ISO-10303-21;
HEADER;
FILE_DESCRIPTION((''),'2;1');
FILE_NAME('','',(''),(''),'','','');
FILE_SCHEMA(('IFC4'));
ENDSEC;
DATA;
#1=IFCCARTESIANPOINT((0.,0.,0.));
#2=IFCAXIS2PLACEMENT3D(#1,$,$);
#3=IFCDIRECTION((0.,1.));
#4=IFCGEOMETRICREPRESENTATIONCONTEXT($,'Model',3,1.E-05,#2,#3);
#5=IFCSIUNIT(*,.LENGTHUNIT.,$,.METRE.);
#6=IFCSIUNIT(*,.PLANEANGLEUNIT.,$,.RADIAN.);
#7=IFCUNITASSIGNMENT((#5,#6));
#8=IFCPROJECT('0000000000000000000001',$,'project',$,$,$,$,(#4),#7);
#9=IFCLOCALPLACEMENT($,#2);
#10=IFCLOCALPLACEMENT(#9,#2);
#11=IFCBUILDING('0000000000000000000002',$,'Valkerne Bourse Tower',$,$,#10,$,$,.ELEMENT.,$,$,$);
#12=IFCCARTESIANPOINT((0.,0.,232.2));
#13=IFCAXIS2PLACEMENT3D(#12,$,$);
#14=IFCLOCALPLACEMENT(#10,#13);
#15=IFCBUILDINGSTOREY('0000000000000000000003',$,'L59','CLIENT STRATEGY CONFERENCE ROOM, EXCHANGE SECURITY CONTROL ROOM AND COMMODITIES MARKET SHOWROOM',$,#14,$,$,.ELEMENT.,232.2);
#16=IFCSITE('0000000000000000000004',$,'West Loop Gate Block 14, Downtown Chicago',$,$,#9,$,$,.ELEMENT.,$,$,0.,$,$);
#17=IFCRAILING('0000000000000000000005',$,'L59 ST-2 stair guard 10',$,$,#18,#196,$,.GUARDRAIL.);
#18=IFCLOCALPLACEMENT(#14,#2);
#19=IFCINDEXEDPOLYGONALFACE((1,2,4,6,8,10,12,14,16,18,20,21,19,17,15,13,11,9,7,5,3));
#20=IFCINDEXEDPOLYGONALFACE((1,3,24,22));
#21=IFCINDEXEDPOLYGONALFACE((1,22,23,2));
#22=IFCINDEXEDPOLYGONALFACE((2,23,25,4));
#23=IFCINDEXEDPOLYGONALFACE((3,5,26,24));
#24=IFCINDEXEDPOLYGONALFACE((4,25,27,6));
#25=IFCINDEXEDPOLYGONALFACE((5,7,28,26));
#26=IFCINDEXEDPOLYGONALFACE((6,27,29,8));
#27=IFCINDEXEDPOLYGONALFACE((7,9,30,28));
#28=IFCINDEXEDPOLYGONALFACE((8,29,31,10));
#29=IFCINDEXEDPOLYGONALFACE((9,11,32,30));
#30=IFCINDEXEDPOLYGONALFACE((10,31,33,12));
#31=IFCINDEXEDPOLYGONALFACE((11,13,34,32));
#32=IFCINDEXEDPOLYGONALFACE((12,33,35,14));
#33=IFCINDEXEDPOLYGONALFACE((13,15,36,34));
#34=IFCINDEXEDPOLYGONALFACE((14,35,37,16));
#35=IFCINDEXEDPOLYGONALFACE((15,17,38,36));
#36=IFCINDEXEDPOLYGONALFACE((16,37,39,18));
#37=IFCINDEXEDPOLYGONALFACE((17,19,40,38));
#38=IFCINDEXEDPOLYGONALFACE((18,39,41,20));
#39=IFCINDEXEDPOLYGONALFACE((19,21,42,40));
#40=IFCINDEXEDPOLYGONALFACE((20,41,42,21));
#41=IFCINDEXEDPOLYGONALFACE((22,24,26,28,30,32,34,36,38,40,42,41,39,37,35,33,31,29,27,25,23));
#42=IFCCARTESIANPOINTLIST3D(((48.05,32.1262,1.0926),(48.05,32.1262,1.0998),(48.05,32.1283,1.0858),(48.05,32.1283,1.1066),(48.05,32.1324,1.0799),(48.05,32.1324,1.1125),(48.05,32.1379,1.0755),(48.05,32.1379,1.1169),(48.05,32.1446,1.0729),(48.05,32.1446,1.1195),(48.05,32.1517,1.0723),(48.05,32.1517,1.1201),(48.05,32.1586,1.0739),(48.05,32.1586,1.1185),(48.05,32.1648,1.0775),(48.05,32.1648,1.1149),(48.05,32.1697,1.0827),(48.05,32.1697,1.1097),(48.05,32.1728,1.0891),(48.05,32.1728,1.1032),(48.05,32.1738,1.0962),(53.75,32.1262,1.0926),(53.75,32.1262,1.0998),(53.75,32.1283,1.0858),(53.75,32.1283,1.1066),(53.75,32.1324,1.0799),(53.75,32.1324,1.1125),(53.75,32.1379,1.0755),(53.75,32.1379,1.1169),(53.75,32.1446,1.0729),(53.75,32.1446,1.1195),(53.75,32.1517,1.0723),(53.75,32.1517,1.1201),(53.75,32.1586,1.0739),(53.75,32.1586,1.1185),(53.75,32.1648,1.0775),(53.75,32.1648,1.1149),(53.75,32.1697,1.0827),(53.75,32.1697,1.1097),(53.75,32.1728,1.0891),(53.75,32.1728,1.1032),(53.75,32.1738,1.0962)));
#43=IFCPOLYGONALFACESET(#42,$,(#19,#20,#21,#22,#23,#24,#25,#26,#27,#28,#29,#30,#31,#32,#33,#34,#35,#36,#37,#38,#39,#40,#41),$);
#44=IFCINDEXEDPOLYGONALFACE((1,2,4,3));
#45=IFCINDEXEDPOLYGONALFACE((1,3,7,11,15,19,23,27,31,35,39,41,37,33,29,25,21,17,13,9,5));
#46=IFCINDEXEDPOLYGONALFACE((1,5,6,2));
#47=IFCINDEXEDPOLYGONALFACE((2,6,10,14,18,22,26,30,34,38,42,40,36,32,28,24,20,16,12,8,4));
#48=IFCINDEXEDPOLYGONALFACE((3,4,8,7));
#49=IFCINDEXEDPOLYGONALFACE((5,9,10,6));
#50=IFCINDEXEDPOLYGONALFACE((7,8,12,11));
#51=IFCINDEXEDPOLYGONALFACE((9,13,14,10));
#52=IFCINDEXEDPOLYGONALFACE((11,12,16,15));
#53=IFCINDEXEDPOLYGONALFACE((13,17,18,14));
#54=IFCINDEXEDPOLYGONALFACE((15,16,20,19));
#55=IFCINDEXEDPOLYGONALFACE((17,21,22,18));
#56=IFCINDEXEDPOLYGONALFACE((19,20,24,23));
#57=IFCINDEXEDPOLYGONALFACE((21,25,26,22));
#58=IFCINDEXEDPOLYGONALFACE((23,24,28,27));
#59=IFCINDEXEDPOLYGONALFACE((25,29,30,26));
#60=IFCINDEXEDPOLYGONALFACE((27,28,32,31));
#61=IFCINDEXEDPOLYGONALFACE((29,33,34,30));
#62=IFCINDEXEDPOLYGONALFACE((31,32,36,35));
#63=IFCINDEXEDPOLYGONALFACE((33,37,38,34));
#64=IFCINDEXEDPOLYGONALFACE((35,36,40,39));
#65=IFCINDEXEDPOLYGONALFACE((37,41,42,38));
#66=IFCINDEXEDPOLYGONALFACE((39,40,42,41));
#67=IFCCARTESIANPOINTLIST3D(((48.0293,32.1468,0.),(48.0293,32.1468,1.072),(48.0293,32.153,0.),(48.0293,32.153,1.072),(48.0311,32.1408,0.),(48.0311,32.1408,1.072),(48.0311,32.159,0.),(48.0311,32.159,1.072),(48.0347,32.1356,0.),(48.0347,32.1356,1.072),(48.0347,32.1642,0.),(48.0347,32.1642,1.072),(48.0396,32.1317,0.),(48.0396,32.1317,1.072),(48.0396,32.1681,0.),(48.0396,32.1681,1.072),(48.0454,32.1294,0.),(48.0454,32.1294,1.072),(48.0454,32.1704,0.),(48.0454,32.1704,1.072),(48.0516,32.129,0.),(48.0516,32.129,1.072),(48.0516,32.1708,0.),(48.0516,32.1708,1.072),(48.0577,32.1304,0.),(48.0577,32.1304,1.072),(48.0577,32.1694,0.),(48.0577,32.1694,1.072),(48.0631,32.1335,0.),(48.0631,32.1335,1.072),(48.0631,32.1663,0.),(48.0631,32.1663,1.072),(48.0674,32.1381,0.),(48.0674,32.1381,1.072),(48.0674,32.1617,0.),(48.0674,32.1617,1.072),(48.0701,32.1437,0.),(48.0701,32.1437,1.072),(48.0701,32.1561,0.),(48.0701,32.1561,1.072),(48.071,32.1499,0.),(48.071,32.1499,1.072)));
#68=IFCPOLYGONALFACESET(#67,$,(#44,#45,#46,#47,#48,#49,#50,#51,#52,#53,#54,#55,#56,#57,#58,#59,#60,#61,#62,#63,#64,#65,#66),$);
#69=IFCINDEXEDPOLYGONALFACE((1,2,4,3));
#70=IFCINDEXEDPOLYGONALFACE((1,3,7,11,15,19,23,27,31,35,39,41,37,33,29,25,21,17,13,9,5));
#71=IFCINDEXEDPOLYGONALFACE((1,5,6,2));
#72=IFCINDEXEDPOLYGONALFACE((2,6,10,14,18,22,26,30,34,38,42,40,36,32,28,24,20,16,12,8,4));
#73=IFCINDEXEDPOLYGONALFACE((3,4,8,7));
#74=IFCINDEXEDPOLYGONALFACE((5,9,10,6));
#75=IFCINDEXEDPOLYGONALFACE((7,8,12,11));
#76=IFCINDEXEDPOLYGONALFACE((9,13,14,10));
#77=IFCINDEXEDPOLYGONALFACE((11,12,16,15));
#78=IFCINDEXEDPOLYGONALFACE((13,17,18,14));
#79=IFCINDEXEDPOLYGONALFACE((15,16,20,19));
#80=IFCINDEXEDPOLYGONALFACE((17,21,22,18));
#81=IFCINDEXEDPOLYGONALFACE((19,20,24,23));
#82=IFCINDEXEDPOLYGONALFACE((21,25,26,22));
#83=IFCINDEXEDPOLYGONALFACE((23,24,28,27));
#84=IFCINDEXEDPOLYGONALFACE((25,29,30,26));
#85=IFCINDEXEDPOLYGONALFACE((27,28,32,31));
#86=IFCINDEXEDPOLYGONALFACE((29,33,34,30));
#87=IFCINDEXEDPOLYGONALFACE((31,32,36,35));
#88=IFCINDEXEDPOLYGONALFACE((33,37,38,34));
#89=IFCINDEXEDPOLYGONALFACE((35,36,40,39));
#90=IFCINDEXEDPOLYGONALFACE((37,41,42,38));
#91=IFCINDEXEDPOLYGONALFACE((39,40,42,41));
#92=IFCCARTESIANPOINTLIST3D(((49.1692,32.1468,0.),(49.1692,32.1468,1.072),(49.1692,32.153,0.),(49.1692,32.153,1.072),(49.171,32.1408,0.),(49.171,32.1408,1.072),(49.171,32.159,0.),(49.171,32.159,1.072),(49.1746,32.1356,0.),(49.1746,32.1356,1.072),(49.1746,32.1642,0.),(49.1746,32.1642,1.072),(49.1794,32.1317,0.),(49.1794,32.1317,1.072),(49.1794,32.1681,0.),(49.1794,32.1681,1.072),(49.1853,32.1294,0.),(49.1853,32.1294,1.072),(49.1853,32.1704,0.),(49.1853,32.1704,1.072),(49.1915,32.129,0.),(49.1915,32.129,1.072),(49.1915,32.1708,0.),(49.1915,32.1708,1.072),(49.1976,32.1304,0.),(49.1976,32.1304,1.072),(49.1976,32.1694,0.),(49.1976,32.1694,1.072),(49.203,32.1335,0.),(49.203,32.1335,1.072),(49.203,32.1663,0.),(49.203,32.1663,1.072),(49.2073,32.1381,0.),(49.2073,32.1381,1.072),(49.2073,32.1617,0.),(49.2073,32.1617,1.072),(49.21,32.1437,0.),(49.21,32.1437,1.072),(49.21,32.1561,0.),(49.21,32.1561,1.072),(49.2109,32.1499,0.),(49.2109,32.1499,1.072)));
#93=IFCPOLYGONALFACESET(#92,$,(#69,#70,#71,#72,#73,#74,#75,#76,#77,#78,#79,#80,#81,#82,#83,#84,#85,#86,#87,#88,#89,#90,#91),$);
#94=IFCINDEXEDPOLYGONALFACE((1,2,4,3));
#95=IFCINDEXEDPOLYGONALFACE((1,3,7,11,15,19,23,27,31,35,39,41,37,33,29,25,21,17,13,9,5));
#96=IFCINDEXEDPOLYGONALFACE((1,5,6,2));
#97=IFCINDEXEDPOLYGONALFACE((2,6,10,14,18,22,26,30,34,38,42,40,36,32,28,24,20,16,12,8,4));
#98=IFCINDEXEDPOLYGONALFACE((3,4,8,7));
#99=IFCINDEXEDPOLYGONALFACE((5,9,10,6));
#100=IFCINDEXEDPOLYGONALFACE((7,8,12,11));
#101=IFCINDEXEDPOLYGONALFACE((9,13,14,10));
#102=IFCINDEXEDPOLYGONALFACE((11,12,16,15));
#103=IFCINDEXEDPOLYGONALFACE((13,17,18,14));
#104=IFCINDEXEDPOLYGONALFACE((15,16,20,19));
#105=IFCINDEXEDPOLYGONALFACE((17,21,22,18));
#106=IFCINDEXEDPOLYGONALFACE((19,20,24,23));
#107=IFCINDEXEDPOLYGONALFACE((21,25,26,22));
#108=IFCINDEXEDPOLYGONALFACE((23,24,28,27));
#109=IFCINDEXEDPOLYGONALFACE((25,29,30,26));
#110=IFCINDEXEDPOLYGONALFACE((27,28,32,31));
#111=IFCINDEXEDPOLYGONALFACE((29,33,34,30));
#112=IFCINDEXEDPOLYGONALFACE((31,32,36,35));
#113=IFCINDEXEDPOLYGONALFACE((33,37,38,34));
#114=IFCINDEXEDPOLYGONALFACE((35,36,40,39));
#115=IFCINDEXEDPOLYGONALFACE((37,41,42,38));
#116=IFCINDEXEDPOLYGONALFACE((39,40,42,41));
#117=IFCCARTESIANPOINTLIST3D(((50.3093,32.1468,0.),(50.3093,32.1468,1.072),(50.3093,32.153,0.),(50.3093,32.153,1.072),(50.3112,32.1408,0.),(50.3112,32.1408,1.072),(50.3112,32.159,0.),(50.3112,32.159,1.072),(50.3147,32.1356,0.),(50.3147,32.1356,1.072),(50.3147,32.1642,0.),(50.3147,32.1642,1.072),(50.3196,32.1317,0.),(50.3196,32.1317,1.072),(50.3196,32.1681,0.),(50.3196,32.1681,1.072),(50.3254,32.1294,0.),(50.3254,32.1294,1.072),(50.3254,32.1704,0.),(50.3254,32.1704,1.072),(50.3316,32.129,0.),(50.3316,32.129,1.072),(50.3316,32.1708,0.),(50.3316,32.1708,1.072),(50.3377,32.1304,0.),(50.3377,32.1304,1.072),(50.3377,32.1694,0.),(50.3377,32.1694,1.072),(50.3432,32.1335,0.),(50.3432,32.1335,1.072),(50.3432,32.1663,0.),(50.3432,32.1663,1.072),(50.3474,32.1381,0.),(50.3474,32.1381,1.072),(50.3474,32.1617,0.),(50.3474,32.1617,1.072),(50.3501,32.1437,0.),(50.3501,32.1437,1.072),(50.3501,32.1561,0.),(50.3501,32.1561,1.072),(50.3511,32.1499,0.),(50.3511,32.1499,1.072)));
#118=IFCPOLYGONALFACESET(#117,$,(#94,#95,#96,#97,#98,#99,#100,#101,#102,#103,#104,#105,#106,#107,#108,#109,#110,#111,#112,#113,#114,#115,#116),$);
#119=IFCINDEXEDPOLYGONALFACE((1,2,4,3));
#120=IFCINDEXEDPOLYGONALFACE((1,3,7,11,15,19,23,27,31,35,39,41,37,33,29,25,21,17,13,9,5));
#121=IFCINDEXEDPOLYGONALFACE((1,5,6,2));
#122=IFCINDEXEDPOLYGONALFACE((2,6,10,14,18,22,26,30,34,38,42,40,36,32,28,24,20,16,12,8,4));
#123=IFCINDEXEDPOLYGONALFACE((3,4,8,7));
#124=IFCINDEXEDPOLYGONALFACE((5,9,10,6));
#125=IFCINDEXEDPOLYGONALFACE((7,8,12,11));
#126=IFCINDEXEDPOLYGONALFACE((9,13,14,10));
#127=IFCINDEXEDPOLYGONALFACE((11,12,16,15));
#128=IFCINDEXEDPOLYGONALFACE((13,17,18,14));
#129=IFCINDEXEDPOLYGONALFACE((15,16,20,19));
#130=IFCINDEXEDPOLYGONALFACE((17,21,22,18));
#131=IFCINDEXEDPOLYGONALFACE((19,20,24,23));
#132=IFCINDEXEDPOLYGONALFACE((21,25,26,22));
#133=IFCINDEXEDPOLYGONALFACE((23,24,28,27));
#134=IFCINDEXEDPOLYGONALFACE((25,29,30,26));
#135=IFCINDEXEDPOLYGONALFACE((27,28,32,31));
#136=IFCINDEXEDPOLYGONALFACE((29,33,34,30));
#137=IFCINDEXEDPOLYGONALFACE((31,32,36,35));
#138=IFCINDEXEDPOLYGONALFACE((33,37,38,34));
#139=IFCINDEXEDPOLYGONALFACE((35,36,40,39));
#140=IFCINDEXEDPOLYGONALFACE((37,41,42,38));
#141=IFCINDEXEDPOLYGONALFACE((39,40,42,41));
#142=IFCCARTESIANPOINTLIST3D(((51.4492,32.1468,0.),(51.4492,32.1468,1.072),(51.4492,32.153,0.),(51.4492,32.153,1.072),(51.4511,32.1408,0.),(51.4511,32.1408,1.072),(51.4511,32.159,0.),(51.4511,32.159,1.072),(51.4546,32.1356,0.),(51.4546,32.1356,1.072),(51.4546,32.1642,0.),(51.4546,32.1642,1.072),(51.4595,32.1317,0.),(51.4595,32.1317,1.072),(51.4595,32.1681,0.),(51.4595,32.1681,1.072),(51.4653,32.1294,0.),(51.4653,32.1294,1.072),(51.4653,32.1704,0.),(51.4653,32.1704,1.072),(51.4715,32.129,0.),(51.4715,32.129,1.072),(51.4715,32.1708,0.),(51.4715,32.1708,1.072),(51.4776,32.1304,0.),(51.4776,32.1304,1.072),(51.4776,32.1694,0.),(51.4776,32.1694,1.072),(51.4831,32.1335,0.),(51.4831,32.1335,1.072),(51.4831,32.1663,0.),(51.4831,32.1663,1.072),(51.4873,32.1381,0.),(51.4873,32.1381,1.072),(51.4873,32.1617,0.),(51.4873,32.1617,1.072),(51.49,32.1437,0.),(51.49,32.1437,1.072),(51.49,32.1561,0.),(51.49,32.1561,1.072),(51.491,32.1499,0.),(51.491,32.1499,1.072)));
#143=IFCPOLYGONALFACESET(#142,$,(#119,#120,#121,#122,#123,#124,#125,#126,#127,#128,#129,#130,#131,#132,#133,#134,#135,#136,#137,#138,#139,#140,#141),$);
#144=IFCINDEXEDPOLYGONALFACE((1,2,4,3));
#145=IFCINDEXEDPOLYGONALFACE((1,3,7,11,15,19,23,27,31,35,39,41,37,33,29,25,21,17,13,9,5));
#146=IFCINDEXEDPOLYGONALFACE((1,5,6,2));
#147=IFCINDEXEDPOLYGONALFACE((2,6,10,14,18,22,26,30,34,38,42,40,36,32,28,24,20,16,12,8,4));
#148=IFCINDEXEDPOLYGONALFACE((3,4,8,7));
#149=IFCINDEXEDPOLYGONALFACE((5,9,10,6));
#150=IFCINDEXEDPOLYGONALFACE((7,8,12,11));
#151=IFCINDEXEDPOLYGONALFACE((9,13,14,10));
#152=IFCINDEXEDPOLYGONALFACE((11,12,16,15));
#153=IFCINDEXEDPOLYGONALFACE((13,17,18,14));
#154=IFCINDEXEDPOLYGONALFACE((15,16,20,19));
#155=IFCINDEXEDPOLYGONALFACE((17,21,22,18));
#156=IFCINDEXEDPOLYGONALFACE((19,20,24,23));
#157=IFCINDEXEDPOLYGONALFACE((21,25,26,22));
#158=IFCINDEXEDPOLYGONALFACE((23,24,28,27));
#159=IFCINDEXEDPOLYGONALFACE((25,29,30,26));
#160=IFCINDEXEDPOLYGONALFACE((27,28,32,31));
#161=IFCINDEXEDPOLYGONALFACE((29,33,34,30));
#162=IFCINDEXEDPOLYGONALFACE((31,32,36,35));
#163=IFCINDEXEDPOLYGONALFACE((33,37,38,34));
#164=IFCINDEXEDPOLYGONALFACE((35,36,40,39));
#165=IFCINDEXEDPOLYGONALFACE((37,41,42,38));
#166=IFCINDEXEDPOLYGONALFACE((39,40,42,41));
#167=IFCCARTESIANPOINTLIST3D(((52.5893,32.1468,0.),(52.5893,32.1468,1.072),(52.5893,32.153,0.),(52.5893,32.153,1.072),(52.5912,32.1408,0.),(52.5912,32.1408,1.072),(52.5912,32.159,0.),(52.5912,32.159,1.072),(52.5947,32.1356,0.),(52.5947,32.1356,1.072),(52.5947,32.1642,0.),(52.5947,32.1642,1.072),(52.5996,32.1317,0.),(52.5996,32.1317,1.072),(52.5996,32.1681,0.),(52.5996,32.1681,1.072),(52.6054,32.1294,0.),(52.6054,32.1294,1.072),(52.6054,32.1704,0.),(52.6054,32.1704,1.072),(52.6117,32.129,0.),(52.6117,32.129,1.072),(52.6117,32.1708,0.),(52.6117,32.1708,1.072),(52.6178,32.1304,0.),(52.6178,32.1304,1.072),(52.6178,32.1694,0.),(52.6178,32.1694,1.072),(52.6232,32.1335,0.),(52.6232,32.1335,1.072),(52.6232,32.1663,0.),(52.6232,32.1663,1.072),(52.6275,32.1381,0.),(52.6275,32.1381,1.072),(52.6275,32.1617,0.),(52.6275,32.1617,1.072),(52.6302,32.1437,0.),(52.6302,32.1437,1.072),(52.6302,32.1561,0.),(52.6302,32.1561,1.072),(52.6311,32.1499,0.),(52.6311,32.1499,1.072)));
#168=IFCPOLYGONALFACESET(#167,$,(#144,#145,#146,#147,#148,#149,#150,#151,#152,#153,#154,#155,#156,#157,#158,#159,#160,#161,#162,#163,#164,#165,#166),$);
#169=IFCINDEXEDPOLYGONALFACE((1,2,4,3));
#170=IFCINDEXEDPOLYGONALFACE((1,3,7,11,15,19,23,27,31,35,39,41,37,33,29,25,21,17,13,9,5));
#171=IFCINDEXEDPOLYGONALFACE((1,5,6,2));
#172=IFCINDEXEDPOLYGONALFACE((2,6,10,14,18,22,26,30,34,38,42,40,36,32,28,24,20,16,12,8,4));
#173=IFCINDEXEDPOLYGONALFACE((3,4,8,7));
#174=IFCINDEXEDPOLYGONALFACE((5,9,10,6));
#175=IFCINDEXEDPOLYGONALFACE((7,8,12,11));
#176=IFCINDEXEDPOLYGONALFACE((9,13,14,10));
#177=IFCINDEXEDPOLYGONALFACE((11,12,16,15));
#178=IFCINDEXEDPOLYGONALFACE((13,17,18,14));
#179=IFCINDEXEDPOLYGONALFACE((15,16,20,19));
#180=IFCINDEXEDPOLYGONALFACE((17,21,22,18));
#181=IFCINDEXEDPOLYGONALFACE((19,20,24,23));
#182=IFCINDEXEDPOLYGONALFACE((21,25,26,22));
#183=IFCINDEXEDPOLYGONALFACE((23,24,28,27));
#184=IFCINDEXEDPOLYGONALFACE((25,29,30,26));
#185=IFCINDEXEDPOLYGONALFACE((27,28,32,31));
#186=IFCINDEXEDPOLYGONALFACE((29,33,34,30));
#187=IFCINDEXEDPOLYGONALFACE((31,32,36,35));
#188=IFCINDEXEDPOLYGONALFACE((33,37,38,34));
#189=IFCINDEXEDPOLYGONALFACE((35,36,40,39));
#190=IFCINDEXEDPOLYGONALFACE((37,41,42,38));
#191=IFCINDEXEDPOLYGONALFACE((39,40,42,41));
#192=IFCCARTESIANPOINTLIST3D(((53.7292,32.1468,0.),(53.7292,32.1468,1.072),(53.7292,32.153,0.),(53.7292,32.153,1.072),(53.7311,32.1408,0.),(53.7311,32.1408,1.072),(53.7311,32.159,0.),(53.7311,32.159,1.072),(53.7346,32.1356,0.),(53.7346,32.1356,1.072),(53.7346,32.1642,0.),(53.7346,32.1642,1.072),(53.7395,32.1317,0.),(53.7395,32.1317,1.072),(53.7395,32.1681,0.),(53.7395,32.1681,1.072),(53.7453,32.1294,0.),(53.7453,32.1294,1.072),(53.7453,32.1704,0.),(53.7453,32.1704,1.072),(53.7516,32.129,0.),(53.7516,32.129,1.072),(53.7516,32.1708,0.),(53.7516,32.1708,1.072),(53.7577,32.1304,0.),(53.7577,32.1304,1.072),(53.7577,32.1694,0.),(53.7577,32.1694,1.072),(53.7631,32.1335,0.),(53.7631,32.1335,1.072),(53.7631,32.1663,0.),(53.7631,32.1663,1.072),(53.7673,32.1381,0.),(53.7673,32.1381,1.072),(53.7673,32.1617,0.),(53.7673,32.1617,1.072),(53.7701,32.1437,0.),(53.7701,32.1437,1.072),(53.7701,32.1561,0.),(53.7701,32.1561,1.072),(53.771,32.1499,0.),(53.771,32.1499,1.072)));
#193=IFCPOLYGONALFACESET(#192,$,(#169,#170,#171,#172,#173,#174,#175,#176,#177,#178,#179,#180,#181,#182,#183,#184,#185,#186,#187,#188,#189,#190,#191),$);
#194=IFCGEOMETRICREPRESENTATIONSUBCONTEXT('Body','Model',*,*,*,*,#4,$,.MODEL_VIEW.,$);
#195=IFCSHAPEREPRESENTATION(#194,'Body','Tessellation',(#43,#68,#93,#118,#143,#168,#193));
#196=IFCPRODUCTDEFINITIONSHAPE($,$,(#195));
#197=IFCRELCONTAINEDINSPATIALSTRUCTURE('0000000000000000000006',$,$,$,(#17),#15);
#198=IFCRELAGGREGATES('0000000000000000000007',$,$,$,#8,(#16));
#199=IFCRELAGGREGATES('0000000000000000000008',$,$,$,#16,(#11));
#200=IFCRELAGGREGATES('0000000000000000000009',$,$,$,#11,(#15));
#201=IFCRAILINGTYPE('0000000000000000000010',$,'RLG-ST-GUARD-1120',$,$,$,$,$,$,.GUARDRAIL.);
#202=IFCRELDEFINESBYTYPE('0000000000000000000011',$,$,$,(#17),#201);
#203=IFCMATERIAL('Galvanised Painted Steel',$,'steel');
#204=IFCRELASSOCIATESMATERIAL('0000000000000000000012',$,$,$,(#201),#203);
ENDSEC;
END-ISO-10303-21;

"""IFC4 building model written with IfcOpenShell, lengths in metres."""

from ifc_helpers import new_model, si_unit, direction, frame, origin, origin_2d, place, context, subcontext, project, spatial, circle, extrude, material, type_object, element, save


model = new_model("IFC4")

# Units and contexts
model_context = context("Model", 3, precision=1e-05, world=origin(), true_north=direction((0.0, 1.0)))
body_context = subcontext(model_context, "Body", "Model", "MODEL_VIEW")
ifc_project = project(units=[si_unit("LENGTHUNIT", "METRE"), si_unit("PLANEANGLEUNIT", "RADIAN")], contexts=[model_context])

# Site, building, storey
site_placement = place(None, origin())
site = spatial("IfcSite", under=ifc_project, at=site_placement, Name="West Loop Gate Block 14, Downtown Chicago", CompositionType="ELEMENT", RefElevation=0.0)
building_placement = place(site_placement, origin())
building = spatial("IfcBuilding", under=site, at=building_placement, Name="Valkerne Bourse Tower", CompositionType="ELEMENT")
storey_placement = place(building_placement, frame((0.0, 0.0, 232.2)))
storey = spatial("IfcBuildingStorey", under=building, at=storey_placement, Name="L59", Description="CLIENT STRATEGY CONFERENCE ROOM, EXCHANGE SECURITY CONTROL ROOM AND COMMODITIES MARKET SHOWROOM", CompositionType="ELEMENT", Elevation=232.2)

# Shared definitions
ifc_material_1 = material(Name="Galvanised Painted Steel", Category="steel")

# Railing
railing_type_1 = type_object("IfcRailingType", Name="RLG-ST-GUARD-1120", PredefinedType="GUARDRAIL", material=ifc_material_1)
railing_1_placement = place(storey_placement, frame((48.05, 32.1499, 0.0)))
element("IfcRailing", 1, at=railing_1_placement, inside=storey, type_object=railing_type_1, Name="L59 ST-2 stair guard 10", PredefinedType="GUARDRAIL", context=body_context, shape_type="SweptSolid", body=[
    extrude(circle(Radius=0.0239, at=origin_2d()), frame((0.0, 0.0, 1.0962), z_axis=(1.0, 0.0, 0.0), x_axis=(0.0, 1.0, 0.0)), (0.0, 0.0, 1.0), 5.7),
    extrude(circle(Radius=0.021, at=origin_2d()), origin(), (0.0, 0.0, 1.0), 1.072),
    extrude(circle(Radius=0.021, at=origin_2d()), frame((1.1399, 0.0, 0.0)), (0.0, 0.0, 1.0), 1.072),
    extrude(circle(Radius=0.021, at=origin_2d()), frame((2.28, 0.0, 0.0)), (0.0, 0.0, 1.0), 1.072),
    extrude(circle(Radius=0.021, at=origin_2d()), frame((3.4199, 0.0, 0.0)), (0.0, 0.0, 1.0), 1.072),
    extrude(circle(Radius=0.021, at=origin_2d()), frame((4.5601, 0.0, 0.0)), (0.0, 0.0, 1.0), 1.072),
    extrude(circle(Radius=0.021, at=origin_2d()), frame((5.7, 0.0, 0.0)), (0.0, 0.0, 1.0), 1.072),
])

save(model, "model.ifc")
